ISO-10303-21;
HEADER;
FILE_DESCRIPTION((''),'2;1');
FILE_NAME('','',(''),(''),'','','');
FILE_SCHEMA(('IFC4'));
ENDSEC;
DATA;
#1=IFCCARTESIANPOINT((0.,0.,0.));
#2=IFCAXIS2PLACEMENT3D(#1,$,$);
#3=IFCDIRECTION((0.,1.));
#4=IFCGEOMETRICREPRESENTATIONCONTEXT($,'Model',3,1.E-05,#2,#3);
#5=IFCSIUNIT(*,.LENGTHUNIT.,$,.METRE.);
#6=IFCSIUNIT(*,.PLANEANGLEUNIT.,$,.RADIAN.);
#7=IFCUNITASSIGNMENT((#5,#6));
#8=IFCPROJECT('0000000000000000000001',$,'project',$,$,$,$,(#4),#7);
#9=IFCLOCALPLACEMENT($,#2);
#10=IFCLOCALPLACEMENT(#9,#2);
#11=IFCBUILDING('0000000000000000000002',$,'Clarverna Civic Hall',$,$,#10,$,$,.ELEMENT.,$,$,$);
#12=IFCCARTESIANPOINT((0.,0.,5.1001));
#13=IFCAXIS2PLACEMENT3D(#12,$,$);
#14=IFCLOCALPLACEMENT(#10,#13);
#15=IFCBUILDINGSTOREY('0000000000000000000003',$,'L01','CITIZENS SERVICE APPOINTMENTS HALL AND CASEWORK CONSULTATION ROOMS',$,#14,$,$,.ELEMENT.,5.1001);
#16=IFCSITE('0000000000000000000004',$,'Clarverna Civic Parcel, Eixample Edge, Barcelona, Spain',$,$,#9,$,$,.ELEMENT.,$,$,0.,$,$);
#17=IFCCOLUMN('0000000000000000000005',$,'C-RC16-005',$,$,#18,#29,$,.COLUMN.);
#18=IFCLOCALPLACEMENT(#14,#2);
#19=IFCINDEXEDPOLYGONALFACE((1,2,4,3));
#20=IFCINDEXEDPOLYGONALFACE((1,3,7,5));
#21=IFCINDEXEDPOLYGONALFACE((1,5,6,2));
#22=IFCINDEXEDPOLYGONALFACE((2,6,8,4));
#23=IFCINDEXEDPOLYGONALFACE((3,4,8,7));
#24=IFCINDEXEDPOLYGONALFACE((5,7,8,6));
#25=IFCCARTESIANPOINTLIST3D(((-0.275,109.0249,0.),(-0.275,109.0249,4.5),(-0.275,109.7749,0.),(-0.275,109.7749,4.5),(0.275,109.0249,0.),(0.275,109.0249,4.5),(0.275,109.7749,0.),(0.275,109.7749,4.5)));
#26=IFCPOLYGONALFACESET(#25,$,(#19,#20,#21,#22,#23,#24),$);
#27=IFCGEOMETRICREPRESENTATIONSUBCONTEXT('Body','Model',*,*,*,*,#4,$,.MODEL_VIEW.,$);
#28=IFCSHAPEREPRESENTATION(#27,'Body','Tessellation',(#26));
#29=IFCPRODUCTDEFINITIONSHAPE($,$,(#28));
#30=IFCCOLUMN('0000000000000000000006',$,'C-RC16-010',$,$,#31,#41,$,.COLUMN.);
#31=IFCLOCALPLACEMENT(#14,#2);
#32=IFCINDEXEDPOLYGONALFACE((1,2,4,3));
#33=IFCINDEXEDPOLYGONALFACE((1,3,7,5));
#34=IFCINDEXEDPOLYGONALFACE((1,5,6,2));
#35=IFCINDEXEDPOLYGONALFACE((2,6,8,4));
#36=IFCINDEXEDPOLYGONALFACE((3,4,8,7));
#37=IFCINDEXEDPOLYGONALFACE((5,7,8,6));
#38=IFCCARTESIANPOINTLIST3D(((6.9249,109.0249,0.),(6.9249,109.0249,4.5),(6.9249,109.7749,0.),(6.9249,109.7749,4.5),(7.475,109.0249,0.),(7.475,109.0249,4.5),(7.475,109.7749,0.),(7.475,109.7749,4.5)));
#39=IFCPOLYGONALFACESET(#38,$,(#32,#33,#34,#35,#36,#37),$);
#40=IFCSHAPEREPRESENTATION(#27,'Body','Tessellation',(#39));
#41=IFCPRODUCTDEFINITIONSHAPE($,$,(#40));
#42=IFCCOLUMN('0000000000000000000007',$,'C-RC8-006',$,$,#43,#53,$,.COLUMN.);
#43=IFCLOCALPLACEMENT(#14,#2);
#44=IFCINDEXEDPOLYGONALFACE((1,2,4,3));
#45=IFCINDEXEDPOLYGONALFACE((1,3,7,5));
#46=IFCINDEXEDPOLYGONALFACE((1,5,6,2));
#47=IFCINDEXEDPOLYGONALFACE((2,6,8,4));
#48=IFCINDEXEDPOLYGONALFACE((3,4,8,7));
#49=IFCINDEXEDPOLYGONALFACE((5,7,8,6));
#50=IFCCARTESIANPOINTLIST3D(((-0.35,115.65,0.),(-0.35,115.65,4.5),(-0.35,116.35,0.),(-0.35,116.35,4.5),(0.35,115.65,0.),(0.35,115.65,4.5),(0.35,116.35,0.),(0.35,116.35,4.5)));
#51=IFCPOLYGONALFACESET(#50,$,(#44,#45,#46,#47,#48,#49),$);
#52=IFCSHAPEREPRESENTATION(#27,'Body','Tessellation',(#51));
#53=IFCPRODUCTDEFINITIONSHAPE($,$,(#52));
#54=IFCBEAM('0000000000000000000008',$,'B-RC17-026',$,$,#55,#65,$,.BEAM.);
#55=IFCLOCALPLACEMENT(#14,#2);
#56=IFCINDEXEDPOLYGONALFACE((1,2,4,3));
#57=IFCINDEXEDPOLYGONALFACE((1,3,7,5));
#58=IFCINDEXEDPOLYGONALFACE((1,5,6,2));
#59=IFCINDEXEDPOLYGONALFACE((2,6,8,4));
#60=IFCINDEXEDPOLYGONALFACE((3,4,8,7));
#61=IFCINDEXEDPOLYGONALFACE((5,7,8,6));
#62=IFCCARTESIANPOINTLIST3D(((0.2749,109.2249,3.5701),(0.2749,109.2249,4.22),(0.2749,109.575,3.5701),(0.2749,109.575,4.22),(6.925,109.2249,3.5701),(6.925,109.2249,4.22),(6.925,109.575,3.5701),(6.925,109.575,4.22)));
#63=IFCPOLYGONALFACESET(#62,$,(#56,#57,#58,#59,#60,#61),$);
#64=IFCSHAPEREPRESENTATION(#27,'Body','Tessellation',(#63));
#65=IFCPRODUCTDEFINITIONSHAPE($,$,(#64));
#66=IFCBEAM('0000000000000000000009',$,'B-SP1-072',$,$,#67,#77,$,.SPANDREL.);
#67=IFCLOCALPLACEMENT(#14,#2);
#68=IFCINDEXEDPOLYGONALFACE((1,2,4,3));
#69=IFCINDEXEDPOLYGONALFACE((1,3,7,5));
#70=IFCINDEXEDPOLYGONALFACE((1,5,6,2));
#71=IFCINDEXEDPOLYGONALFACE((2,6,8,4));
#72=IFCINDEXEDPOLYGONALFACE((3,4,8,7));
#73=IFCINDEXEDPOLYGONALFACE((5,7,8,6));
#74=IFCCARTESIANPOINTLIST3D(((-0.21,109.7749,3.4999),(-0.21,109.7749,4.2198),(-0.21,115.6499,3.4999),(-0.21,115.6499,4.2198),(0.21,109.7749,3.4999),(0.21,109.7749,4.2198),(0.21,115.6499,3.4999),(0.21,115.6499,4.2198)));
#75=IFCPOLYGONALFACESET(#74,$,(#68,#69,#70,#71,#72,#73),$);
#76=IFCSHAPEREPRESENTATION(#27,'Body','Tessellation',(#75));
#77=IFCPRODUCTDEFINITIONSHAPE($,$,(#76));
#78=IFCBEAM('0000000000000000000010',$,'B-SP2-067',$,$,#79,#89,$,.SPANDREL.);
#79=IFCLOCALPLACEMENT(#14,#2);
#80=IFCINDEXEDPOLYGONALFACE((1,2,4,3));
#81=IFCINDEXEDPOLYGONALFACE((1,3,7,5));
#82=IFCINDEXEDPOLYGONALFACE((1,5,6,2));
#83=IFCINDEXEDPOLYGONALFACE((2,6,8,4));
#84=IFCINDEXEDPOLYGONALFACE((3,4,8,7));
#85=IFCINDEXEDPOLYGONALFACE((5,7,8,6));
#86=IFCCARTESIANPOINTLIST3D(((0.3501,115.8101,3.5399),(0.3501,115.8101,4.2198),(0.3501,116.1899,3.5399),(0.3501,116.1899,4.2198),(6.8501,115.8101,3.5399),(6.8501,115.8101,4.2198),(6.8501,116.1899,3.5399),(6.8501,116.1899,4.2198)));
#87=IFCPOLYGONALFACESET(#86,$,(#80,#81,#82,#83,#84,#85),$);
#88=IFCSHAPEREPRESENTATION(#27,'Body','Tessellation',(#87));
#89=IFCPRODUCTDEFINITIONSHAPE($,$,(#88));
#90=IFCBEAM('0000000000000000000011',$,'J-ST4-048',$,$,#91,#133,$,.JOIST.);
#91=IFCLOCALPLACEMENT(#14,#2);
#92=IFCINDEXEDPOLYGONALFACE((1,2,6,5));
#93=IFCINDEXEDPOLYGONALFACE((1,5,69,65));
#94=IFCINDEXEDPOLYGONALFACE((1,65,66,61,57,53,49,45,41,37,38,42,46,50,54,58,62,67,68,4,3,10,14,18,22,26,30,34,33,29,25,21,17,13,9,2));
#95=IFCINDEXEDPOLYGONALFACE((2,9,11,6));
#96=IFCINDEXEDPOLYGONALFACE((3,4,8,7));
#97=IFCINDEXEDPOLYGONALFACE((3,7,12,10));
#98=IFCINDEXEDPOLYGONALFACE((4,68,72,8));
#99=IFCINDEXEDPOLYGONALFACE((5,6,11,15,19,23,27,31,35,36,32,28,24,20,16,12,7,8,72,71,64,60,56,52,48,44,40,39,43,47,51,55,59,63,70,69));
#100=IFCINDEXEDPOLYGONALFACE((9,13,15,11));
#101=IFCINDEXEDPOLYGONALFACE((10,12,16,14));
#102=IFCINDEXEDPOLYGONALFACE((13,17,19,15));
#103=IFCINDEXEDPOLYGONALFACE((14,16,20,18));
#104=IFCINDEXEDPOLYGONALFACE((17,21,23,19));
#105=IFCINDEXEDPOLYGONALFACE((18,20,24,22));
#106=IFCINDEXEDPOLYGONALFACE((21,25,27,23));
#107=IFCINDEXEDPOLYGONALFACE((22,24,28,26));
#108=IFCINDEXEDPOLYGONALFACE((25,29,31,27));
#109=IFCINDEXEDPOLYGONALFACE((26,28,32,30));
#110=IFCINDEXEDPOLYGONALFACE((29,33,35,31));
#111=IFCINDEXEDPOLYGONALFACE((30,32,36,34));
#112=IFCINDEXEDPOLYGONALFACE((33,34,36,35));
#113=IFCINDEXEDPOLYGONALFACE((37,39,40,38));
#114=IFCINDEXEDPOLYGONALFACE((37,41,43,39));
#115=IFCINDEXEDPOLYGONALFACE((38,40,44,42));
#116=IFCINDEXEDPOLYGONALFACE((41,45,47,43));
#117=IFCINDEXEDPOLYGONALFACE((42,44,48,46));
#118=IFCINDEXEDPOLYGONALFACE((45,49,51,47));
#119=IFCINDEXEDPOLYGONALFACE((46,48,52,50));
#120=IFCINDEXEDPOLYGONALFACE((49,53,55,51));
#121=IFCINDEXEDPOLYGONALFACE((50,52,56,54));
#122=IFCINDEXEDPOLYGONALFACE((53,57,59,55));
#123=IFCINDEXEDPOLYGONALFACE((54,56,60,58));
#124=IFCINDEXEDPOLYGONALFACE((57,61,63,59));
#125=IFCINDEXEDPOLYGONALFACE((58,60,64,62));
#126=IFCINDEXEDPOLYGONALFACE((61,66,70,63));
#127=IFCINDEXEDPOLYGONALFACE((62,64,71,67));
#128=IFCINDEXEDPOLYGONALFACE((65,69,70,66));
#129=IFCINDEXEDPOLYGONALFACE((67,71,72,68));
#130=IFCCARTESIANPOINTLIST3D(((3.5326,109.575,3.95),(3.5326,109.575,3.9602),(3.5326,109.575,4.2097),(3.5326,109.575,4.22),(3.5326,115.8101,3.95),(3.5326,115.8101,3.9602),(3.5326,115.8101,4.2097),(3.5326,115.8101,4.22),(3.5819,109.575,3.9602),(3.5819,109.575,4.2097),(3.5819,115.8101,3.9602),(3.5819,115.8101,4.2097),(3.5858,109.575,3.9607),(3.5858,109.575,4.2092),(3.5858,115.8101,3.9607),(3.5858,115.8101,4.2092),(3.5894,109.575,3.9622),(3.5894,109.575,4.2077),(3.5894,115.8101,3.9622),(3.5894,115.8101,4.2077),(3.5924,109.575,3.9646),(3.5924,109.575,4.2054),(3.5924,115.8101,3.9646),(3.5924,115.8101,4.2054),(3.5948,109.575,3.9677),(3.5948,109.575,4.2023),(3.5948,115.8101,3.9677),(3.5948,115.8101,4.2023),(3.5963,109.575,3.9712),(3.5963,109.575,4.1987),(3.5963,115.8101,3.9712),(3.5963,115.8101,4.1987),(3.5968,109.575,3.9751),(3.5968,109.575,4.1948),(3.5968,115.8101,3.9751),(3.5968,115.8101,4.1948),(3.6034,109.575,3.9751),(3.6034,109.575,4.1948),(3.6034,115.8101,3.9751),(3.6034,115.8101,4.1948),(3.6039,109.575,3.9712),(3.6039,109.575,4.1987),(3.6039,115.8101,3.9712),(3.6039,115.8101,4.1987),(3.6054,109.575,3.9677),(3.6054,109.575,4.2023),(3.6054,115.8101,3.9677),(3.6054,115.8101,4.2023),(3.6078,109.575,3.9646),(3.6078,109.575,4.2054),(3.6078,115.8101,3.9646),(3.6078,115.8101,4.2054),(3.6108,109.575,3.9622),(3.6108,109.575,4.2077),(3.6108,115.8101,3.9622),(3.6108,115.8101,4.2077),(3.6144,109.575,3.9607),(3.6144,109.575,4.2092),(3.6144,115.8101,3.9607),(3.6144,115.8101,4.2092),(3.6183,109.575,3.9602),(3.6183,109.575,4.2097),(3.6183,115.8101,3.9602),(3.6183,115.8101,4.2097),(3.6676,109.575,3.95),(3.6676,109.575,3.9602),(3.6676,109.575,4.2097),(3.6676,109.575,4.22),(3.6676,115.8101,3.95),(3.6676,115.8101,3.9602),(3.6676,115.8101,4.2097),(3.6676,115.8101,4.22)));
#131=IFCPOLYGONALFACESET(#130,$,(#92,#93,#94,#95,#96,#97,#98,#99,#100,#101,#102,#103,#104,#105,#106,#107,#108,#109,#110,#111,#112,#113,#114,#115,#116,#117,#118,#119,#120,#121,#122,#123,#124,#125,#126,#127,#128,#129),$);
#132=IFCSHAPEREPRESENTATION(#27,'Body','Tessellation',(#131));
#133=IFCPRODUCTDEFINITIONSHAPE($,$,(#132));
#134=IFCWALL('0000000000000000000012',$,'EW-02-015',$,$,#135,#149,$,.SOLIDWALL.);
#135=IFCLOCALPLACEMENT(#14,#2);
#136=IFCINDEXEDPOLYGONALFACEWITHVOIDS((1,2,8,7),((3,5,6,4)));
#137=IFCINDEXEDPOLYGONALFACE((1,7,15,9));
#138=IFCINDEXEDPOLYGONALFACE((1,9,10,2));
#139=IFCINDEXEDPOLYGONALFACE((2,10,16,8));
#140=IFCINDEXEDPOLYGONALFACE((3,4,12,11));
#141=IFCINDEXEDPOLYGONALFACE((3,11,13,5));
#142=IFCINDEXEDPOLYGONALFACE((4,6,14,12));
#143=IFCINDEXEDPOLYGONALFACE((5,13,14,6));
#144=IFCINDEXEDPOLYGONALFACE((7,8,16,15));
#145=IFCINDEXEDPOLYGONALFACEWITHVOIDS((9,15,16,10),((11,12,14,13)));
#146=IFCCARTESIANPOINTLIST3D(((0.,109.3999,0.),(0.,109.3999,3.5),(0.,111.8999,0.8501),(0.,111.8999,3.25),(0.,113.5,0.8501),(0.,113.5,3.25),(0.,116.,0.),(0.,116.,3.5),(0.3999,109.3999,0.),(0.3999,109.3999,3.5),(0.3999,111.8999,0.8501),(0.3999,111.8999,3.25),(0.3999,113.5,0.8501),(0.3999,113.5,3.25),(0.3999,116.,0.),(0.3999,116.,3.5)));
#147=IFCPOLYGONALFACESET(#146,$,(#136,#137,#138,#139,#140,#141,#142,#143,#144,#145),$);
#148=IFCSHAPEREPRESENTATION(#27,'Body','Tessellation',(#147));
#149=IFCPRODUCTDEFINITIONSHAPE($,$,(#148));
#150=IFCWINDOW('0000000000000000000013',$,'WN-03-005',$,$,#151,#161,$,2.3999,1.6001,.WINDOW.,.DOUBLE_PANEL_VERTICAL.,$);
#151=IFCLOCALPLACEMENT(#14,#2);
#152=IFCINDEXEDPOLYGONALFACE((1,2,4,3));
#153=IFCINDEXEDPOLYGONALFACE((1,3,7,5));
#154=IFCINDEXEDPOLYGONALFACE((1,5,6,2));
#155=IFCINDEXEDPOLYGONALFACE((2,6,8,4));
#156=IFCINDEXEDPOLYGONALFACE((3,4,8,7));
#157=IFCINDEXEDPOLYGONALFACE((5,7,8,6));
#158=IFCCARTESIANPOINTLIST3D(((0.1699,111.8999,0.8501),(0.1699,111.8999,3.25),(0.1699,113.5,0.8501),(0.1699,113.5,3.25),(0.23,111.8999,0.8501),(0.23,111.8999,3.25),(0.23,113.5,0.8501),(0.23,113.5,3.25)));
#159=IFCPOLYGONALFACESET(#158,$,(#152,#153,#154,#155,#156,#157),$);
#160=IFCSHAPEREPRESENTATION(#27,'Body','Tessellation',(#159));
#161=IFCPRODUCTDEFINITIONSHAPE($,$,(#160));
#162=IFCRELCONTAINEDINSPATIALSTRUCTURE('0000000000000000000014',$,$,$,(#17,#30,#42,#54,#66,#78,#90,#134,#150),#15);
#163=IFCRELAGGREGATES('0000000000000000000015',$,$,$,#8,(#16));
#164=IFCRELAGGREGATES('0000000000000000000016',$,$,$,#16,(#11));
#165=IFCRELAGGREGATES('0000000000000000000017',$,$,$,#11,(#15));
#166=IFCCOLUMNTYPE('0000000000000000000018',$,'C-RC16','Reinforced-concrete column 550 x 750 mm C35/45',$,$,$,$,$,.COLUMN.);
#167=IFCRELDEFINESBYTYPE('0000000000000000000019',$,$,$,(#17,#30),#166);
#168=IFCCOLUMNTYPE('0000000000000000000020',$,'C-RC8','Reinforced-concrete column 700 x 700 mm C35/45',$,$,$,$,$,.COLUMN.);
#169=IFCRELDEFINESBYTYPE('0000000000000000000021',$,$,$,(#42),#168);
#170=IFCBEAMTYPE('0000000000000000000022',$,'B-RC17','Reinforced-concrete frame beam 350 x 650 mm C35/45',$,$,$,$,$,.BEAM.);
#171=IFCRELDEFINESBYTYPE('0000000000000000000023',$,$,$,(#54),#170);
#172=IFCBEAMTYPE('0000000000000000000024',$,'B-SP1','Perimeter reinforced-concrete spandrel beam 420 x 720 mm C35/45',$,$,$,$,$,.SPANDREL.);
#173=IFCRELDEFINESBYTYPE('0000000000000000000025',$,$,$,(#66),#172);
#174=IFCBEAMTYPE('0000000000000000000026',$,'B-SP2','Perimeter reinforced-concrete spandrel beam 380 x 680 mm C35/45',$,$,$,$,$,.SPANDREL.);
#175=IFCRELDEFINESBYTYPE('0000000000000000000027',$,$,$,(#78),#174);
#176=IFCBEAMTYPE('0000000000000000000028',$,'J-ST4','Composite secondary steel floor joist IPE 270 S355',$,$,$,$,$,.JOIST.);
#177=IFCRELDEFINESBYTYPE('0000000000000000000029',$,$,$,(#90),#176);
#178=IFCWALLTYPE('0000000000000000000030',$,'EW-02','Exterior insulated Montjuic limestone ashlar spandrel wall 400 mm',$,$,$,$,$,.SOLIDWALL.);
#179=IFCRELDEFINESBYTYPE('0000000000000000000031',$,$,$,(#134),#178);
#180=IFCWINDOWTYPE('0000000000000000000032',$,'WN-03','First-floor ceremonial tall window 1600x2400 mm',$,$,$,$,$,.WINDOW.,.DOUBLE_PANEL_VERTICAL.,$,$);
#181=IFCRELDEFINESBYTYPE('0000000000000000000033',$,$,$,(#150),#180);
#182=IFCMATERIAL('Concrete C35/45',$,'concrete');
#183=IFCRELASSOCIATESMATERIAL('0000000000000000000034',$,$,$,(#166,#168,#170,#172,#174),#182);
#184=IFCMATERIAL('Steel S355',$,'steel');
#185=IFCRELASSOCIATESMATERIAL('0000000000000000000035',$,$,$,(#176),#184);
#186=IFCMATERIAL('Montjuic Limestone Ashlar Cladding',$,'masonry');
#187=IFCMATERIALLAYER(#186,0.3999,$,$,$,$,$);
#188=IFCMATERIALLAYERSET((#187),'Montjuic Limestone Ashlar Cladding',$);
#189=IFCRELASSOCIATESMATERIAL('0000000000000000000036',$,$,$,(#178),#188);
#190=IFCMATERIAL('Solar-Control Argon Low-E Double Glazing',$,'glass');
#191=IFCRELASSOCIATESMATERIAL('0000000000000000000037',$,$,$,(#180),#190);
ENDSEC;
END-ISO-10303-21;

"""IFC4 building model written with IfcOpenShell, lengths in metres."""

from ifc_helpers import new_model, si_unit, direction, frame, frame_2d, origin, origin_2d, place, context, subcontext, project, spatial, rectangle, i_section, extrude, material, layer, layer_set, material_profile, profile_set, type_object, element, fill, save


model = new_model("IFC4")

# Units and contexts
model_context = context("Model", 3, precision=1e-05, world=origin(), true_north=direction((0.0, 1.0)))
body_context = subcontext(model_context, "Body", "Model", "MODEL_VIEW")
ifc_project = project(units=[si_unit("LENGTHUNIT", "METRE"), si_unit("PLANEANGLEUNIT", "RADIAN")], contexts=[model_context])

# Site, building, storey
site_placement = place(None, origin())
site = spatial("IfcSite", under=ifc_project, at=site_placement, Name="Clarverna Civic Parcel, Eixample Edge, Barcelona, Spain", CompositionType="ELEMENT", RefElevation=0.0)
building_placement = place(site_placement, origin())
building = spatial("IfcBuilding", under=site, at=building_placement, Name="Clarverna Civic Hall", CompositionType="ELEMENT")
storey_placement = place(building_placement, frame((0.0, 0.0, 5.1001)))
storey = spatial("IfcBuildingStorey", under=building, at=storey_placement, Name="L01", Description="CITIZENS SERVICE APPOINTMENTS HALL AND CASEWORK CONSULTATION ROOMS", CompositionType="ELEMENT", Elevation=5.1001)

# Columns
ifc_material_1 = material(Name="Concrete C35/45", Category="concrete")
ifc_material_profile_1 = material_profile(ifc_material_1, rectangle(XDim=0.55, YDim=0.75, at=origin_2d()), Name="RC 550x750")
ifc_profile_set_1 = profile_set([ifc_material_profile_1], Name="Concrete C35/45")
column_type_1 = type_object("IfcColumnType", Name="C-RC16", Description="Reinforced-concrete column 550 x 750 mm C35/45", PredefinedType="COLUMN", material=ifc_profile_set_1)
for number, where, z_axis, x_axis, name in (
    (1, (0.0, 109.3999, 0.0), (0.0, 0.0, 1.0), (1.0, 0.0, 0.0), "C-RC16-005"),
    (2, (7.2, 109.3999, 0.0), (0.0, 0.0, 1.0), (1.0, 0.0, 0.0), "C-RC16-010"),
):
    element("IfcColumn", number, at=place(storey_placement, frame(where, z_axis=z_axis, x_axis=x_axis)), inside=storey, type_object=column_type_1, Name=name, PredefinedType="COLUMN", context=body_context, shape_type="SweptSolid", body=[
        extrude(rectangle(XDim=0.55, YDim=0.75, at=origin_2d()), origin(), (0.0, 0.0, 1.0), 4.5),
    ])
ifc_material_profile_2 = material_profile(ifc_material_1, rectangle(XDim=0.7, YDim=0.7, at=origin_2d()), Name="RC 700x700")
ifc_profile_set_2 = profile_set([ifc_material_profile_2], Name="Concrete C35/45")
column_type_2 = type_object("IfcColumnType", Name="C-RC8", Description="Reinforced-concrete column 700 x 700 mm C35/45", PredefinedType="COLUMN", material=ifc_profile_set_2)
column_placement = place(storey_placement, frame((0.0, 116.0, 0.0), z_axis=(0.0, 0.0, 1.0), x_axis=(1.0, 0.0, 0.0)))
element("IfcColumn", 3, at=column_placement, inside=storey, type_object=column_type_2, Name="C-RC8-006", PredefinedType="COLUMN", context=body_context, shape_type="SweptSolid", body=[
    extrude(rectangle(XDim=0.7, YDim=0.7, at=origin_2d()), origin(), (0.0, 0.0, 1.0), 4.5),
])

# Beams
ifc_material_profile_3 = material_profile(ifc_material_1, rectangle(XDim=0.3501, YDim=0.6499, at=origin_2d()), Name="RC 350x650")
ifc_profile_set_3 = profile_set([ifc_material_profile_3], Name="Concrete C35/45")
beam_type_1 = type_object("IfcBeamType", Name="B-RC17", Description="Reinforced-concrete frame beam 350 x 650 mm C35/45", PredefinedType="BEAM", material=ifc_profile_set_3)
beam_1_placement = place(storey_placement, frame((0.2749, 109.3999, 3.895), z_axis=(1.0, 0.0, 0.0), x_axis=(0.0, 1.0, 0.0)))
element("IfcBeam", 4, at=beam_1_placement, inside=storey, type_object=beam_type_1, Name="B-RC17-026", PredefinedType="BEAM", context=body_context, shape_type="SweptSolid", body=[
    extrude(rectangle(XDim=0.3501, YDim=0.6499, at=origin_2d()), origin(), (0.0, 0.0, 1.0), 6.6501),
])
ifc_material_profile_4 = material_profile(ifc_material_1, rectangle(XDim=0.4199, YDim=0.72, at=origin_2d()), Name="RC 420x720")
ifc_profile_set_4 = profile_set([ifc_material_profile_4], Name="Concrete C35/45")
beam_type_2 = type_object("IfcBeamType", Name="B-SP1", Description="Perimeter reinforced-concrete spandrel beam 420 x 720 mm C35/45", PredefinedType="SPANDREL", material=ifc_profile_set_4)
beam_2_placement = place(storey_placement, frame((0.0, 109.7749, 3.8599), z_axis=(0.0, 1.0, 0.0), x_axis=(-1.0, 0.0, 0.0)))
element("IfcBeam", 5, at=beam_2_placement, inside=storey, type_object=beam_type_2, Name="B-SP1-072", PredefinedType="SPANDREL", context=body_context, shape_type="SweptSolid", body=[
    extrude(rectangle(XDim=0.4199, YDim=0.72, at=origin_2d()), origin(), (0.0, 0.0, 1.0), 5.875),
])
ifc_material_profile_5 = material_profile(ifc_material_1, rectangle(XDim=0.3799, YDim=0.6799, at=origin_2d()), Name="RC 380x680")
ifc_profile_set_5 = profile_set([ifc_material_profile_5], Name="Concrete C35/45")
beam_type_3 = type_object("IfcBeamType", Name="B-SP2", Description="Perimeter reinforced-concrete spandrel beam 380 x 680 mm C35/45", PredefinedType="SPANDREL", material=ifc_profile_set_5)
beam_3_placement = place(storey_placement, frame((0.3501, 116.0, 3.8799), z_axis=(1.0, 0.0, 0.0), x_axis=(0.0, 1.0, 0.0)))
element("IfcBeam", 6, at=beam_3_placement, inside=storey, type_object=beam_type_3, Name="B-SP2-067", PredefinedType="SPANDREL", context=body_context, shape_type="SweptSolid", body=[
    extrude(rectangle(XDim=0.3799, YDim=0.6799, at=origin_2d()), origin(), (0.0, 0.0, 1.0), 6.5),
])
ifc_material_2 = material(Name="Steel S355", Category="steel")
ifc_material_profile_6 = material_profile(ifc_material_2, i_section(OverallWidth=0.135, OverallDepth=0.27, WebThickness=0.0066, FlangeThickness=0.0103, FilletRadius=0.0149, at=origin_2d()), Name="IPE 270")
ifc_profile_set_6 = profile_set([ifc_material_profile_6], Name="Steel S355")
beam_type_4 = type_object("IfcBeamType", Name="J-ST4", Description="Composite secondary steel floor joist IPE 270 S355", PredefinedType="JOIST", material=ifc_profile_set_6)
beam_4_placement = place(storey_placement, frame((3.6001, 109.575, 4.085), z_axis=(0.0, 1.0, 0.0), x_axis=(-1.0, 0.0, 0.0)))
element("IfcBeam", 7, at=beam_4_placement, inside=storey, type_object=beam_type_4, Name="J-ST4-048", PredefinedType="JOIST", context=body_context, shape_type="SweptSolid", body=[
    extrude(i_section(OverallWidth=0.135, OverallDepth=0.27, WebThickness=0.0066, FlangeThickness=0.0103, FilletRadius=0.0149, at=origin_2d()), origin(), (0.0, 0.0, 1.0), 6.2351),
])

# Wall, opening, window
ifc_material_3 = material(Name="Montjuic Limestone Ashlar Cladding", Category="masonry")
ifc_layer_1 = layer(ifc_material_3, 0.3999)
ifc_layer_set_1 = layer_set([ifc_layer_1], Name="Montjuic Limestone Ashlar Cladding")
wall_type = type_object("IfcWallType", Name="EW-02", Description="Exterior insulated Montjuic limestone ashlar spandrel wall 400 mm", PredefinedType="SOLIDWALL", material=ifc_layer_set_1)
wall_1_placement = place(storey_placement, frame((0.2, 109.3999, 0.0), z_axis=(0.0, 0.0, 1.0), x_axis=(0.0, 1.0, 0.0)))
wall_1 = element("IfcWall", 8, at=wall_1_placement, inside=storey, type_object=wall_type, Name="EW-02-015", PredefinedType="SOLIDWALL", context=body_context, shape_type="SweptSolid", body=[
    extrude(rectangle(XDim=6.6001, YDim=0.3999, at=frame_2d((3.3, 0.0))), origin(), (0.0, 0.0, 1.0), 3.5),
])
opening_1_placement = place(wall_1_placement, frame((2.5, 0.0, 0.8501)))
opening_1 = element("IfcOpeningElement", 9, at=opening_1_placement, cuts=wall_1, PredefinedType="OPENING", context=body_context, shape_type="SweptSolid", body=[
    extrude(rectangle(XDim=1.6001, YDim=2.3999, at=frame_2d((0.8, 1.2))), frame((0.0, 0.21, 0.0), z_axis=(0.0, -1.0, 0.0), x_axis=(1.0, 0.0, 0.0)), (0.0, 0.0, 1.0), 0.4199),
])
ifc_material_4 = material(Name="Solar-Control Argon Low-E Double Glazing", Category="glass")
window_type_1 = type_object("IfcWindowType", Name="WN-03", Description="First-floor ceremonial tall window 1600x2400 mm", PartitioningType="DOUBLE_PANEL_VERTICAL", PredefinedType="WINDOW", material=ifc_material_4)
window_1_placement = place(opening_1_placement, origin())
window_1 = element("IfcWindow", 10, at=window_1_placement, inside=storey, type_object=window_type_1, Name="WN-03-005", OverallHeight=2.3999, OverallWidth=1.6001, PartitioningType="DOUBLE_PANEL_VERTICAL", PredefinedType="WINDOW", context=body_context, shape_type="SweptSolid", body=[
    extrude(rectangle(XDim=1.6001, YDim=2.3999, at=frame_2d((0.8, 1.2))), frame((0.0, 0.03, 0.0), z_axis=(0.0, -1.0, 0.0), x_axis=(1.0, 0.0, 0.0)), (0.0, 0.0, 1.0), 0.0601),
])
fill(opening_1, window_1)

save(model, "model.ifc")
